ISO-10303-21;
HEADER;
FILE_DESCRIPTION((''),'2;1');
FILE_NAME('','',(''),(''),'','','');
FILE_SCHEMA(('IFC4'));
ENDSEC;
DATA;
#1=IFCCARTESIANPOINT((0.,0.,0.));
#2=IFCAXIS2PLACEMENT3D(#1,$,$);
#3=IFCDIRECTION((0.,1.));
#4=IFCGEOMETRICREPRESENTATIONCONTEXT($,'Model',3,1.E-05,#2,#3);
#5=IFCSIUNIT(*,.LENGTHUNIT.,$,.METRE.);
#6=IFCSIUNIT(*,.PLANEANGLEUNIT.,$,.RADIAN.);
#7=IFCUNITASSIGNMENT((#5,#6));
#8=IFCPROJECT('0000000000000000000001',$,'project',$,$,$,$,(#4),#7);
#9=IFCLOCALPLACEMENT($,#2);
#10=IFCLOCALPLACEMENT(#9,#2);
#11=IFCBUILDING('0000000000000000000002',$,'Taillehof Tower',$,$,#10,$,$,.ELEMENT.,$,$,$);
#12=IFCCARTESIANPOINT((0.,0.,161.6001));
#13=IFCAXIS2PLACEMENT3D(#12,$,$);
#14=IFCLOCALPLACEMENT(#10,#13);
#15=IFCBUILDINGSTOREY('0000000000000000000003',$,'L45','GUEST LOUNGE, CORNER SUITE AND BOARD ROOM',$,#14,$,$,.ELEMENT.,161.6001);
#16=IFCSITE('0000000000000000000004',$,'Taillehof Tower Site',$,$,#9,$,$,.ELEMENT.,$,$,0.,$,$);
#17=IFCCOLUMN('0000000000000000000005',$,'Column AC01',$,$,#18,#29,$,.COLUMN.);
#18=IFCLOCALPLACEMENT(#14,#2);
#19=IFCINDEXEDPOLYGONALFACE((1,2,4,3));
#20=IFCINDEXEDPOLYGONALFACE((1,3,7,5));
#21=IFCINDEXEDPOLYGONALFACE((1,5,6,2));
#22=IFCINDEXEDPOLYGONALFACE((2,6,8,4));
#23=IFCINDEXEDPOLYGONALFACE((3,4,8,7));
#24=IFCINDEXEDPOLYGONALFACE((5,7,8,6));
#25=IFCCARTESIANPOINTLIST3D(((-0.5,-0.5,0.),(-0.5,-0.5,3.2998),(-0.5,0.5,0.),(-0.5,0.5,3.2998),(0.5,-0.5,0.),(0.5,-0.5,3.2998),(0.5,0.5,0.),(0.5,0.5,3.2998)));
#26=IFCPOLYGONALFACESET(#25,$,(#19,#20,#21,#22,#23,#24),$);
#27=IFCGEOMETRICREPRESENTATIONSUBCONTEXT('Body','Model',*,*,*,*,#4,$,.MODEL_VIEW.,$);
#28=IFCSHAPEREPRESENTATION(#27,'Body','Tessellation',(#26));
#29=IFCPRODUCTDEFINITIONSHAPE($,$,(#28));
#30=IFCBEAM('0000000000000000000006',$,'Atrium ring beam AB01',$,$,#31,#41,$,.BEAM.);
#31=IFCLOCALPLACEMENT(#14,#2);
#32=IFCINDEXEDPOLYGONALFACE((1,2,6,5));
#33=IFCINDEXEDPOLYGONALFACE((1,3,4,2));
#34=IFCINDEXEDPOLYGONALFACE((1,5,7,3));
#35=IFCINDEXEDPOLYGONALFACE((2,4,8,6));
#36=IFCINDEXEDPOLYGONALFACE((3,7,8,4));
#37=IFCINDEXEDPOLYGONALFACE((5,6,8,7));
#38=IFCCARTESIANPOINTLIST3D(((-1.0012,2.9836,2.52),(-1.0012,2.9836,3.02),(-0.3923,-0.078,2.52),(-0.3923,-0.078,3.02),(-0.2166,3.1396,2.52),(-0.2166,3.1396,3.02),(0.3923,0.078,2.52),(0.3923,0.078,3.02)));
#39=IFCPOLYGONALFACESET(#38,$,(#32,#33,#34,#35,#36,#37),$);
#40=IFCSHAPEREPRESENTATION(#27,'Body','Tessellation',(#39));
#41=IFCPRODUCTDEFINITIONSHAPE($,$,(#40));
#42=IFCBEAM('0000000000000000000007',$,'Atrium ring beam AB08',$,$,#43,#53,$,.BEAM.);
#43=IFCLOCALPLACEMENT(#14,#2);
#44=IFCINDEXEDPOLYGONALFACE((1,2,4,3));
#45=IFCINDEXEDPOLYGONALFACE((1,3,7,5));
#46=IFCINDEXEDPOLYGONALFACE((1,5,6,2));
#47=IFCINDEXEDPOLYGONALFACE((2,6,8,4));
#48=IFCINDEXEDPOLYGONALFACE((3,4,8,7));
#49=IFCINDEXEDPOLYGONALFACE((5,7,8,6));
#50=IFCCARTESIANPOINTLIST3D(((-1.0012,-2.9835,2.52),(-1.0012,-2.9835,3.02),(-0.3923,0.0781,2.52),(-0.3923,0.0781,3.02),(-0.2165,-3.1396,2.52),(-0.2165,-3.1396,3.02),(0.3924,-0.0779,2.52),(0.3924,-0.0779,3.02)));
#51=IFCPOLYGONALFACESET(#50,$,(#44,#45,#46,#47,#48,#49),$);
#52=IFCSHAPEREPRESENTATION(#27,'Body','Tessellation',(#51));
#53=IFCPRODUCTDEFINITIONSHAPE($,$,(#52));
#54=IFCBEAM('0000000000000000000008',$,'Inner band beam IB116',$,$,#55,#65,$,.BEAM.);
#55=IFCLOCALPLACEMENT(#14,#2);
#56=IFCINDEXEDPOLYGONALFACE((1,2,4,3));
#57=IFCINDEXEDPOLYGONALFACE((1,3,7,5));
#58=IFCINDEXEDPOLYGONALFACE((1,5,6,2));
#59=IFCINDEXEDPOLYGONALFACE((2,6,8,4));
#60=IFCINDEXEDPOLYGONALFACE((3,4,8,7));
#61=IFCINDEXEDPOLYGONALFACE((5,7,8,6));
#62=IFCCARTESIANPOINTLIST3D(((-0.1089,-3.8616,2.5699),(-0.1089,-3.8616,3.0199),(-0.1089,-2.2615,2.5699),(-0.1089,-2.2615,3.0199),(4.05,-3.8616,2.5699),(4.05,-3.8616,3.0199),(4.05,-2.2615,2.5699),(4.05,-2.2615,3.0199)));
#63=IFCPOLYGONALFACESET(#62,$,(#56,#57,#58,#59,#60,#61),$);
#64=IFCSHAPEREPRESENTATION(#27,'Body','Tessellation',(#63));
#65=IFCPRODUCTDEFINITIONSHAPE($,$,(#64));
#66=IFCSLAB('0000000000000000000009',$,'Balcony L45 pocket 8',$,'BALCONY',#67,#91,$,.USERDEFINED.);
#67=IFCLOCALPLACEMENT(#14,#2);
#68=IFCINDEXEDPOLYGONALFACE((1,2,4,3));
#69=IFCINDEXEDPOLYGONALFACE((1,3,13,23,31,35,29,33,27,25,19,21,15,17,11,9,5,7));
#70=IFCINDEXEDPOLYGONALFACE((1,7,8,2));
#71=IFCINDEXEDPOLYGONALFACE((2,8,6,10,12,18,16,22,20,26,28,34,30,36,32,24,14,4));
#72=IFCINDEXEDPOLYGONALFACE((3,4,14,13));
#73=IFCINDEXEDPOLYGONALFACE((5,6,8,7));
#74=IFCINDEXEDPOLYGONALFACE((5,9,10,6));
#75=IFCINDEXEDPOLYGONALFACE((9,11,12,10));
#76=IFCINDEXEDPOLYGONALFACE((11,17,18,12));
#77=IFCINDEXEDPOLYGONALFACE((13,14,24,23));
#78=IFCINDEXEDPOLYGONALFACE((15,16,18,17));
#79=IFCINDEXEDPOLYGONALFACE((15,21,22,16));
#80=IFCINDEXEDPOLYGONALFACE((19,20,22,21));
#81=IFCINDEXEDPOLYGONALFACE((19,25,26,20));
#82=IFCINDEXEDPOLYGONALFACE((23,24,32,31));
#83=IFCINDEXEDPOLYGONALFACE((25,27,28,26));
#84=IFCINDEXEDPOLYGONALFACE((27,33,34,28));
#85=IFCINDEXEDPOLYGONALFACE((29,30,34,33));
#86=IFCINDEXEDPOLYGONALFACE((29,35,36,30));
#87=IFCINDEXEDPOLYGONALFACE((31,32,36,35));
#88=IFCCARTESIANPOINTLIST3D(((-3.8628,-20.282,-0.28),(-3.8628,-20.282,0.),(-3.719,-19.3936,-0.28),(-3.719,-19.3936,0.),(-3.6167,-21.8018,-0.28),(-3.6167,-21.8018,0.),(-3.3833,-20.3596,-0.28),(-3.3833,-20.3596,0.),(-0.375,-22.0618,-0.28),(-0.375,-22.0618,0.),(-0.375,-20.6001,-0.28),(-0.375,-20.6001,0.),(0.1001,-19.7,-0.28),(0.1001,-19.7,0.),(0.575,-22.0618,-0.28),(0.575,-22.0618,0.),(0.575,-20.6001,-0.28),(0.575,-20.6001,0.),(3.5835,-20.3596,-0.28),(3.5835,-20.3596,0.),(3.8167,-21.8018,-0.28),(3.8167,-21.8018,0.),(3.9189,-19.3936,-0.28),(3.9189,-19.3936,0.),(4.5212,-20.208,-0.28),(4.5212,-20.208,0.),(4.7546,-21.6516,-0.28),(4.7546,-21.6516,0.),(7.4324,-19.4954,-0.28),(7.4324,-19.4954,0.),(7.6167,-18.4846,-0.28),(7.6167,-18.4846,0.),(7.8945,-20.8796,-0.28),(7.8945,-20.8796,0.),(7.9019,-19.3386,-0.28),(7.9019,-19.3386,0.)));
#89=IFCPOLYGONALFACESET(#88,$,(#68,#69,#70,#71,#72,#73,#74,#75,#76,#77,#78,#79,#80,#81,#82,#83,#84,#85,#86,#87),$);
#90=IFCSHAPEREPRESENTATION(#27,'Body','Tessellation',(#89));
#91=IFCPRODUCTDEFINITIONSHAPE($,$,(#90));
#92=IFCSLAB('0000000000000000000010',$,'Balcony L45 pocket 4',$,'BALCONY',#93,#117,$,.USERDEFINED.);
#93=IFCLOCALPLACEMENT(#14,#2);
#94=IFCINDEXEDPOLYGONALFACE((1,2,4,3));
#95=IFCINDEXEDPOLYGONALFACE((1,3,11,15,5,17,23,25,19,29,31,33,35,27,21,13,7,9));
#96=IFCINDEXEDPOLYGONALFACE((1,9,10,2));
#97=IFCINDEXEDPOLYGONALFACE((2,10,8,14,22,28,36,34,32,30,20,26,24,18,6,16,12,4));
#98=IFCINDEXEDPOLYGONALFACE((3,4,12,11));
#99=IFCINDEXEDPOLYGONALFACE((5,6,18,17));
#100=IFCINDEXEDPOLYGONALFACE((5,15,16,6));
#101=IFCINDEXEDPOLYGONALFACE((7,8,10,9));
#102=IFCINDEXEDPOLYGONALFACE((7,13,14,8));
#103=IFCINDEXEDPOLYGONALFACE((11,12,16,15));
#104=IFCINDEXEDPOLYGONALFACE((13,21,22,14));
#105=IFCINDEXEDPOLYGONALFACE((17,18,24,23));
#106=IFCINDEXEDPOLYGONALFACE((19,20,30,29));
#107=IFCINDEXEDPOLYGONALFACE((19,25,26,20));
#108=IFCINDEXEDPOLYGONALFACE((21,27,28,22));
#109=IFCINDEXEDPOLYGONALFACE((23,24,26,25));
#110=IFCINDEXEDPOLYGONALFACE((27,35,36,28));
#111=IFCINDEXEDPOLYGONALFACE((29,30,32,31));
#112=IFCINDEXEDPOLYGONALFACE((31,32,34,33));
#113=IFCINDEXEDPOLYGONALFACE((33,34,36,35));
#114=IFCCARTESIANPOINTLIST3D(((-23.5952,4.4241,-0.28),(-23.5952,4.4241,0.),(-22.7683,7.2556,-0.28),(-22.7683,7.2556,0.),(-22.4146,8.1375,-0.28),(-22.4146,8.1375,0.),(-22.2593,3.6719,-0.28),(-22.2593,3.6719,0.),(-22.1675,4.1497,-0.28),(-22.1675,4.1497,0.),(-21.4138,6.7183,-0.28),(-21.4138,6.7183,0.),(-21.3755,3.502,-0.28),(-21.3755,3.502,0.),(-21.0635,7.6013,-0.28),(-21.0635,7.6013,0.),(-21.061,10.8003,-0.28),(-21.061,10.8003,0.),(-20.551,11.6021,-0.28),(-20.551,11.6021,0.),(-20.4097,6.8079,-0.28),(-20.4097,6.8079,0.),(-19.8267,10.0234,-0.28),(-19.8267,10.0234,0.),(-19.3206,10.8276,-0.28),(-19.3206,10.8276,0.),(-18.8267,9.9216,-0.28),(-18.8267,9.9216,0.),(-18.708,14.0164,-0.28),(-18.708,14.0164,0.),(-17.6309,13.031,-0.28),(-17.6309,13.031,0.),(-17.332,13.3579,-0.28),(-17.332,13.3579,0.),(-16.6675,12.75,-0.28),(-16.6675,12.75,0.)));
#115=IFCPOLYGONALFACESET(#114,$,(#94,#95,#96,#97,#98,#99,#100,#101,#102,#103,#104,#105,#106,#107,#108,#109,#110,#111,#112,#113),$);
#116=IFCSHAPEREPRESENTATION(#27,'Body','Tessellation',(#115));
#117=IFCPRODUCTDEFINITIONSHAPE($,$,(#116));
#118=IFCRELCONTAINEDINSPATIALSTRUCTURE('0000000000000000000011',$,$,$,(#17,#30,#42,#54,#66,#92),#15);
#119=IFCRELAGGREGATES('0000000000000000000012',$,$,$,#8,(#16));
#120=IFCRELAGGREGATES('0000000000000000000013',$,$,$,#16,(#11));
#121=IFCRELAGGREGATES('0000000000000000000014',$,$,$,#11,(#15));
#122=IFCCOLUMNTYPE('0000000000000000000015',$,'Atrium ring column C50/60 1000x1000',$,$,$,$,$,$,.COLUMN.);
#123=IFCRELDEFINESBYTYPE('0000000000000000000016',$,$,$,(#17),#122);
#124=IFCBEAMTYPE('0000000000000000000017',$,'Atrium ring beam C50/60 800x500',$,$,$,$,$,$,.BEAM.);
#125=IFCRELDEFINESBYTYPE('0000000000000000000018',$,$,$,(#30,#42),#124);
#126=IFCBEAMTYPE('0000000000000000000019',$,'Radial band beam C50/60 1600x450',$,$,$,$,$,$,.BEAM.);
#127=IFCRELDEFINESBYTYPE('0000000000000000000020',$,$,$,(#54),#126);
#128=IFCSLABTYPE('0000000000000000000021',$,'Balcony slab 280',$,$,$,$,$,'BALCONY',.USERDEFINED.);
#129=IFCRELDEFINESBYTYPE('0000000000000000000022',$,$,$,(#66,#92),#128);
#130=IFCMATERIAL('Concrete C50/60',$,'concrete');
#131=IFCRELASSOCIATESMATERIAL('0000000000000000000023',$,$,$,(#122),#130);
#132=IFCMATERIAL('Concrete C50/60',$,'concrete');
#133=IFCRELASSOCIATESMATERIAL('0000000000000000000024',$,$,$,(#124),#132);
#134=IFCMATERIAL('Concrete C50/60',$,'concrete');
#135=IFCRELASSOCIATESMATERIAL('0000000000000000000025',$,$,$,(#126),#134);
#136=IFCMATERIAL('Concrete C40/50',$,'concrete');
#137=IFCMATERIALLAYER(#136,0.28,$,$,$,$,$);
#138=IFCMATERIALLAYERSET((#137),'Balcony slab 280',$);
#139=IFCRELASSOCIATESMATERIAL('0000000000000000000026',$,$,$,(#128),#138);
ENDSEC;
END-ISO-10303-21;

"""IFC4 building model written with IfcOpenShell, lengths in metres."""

from ifc_helpers import new_model, si_unit, direction, frame, origin, origin_with_axes, origin_2d, place, context, subcontext, project, spatial, polyline, rectangle, outline, extrude, material, layer, layer_set, material_profile, profile_set, type_object, element, save


model = new_model("IFC4")

# Units and contexts
model_context = context("Model", 3, precision=1e-05, world=origin(), true_north=direction((0.0, 1.0)))
body_context = subcontext(model_context, "Body", "Model", "MODEL_VIEW")
ifc_project = project(units=[si_unit("LENGTHUNIT", "METRE"), si_unit("PLANEANGLEUNIT", "RADIAN")], contexts=[model_context])

# Site, building, storey
site_placement = place(None, origin())
site = spatial("IfcSite", under=ifc_project, at=site_placement, Name="Taillehof Tower Site", CompositionType="ELEMENT", RefElevation=0.0)
building_placement = place(site_placement, origin())
building = spatial("IfcBuilding", under=site, at=building_placement, Name="Taillehof Tower", CompositionType="ELEMENT")
storey_placement = place(building_placement, frame((0.0, 0.0, 161.6001)))
storey = spatial("IfcBuildingStorey", under=building, at=storey_placement, Name="L45", Description="GUEST LOUNGE, CORNER SUITE AND BOARD ROOM", CompositionType="ELEMENT", Elevation=161.6001)

# Column
ifc_material_1 = material(Name="Concrete C50/60", Category="concrete")
ifc_material_profile_1 = material_profile(ifc_material_1, rectangle(XDim=1.0, YDim=1.0, at=origin_2d()), Name="RC 1000x1000")
ifc_profile_set_1 = profile_set([ifc_material_profile_1], Name="Concrete C50/60")
column_type = type_object("IfcColumnType", Name="Atrium ring column C50/60 1000x1000", PredefinedType="COLUMN", material=ifc_profile_set_1)
column_placement = place(storey_placement, origin_with_axes())
element("IfcColumn", 1, at=column_placement, inside=storey, type_object=column_type, Name="Column AC01", PredefinedType="COLUMN", context=body_context, shape_type="SweptSolid", body=[
    extrude(rectangle(XDim=1.0, YDim=1.0, at=origin_2d()), origin(), (0.0, 0.0, 1.0), 3.2998),
])

# Beams
ifc_material_2 = material(Name="Concrete C50/60", Category="concrete")
ifc_material_profile_2 = material_profile(ifc_material_2, rectangle(XDim=0.8, YDim=0.5, at=origin_2d()), Name="RC 800x500")
ifc_profile_set_2 = profile_set([ifc_material_profile_2], Name="Concrete C50/60")
beam_type_1 = type_object("IfcBeamType", Name="Atrium ring beam C50/60 800x500", PredefinedType="BEAM", material=ifc_profile_set_2)
for number, where, z_axis, x_axis, name in (
    (2, (0.0, 0.0, 2.77), (-0.195063, 0.980791, 0.0), (-0.980791, -0.195063, 0.0), "Atrium ring beam AB01"),
    (3, (-0.6089, -3.0615, 2.77), (0.195063, 0.980791, 0.0), (-0.980791, 0.195063, 0.0), "Atrium ring beam AB08"),
):
    element("IfcBeam", number, at=place(storey_placement, frame(where, z_axis=z_axis, x_axis=x_axis)), inside=storey, type_object=beam_type_1, Name=name, PredefinedType="BEAM", context=body_context, shape_type="SweptSolid", body=[
        extrude(rectangle(XDim=0.8, YDim=0.5, at=origin_2d()), origin(), (0.0, 0.0, 1.0), 3.1216),
    ])
ifc_material_3 = material(Name="Concrete C50/60", Category="concrete")
ifc_material_profile_3 = material_profile(ifc_material_3, rectangle(XDim=1.6001, YDim=0.45, at=origin_2d()), Name="RC 1600x450")
ifc_profile_set_3 = profile_set([ifc_material_profile_3], Name="Concrete C50/60")
beam_type_2 = type_object("IfcBeamType", Name="Radial band beam C50/60 1600x450", PredefinedType="BEAM", material=ifc_profile_set_3)
beam_placement = place(storey_placement, frame((-0.1089, -3.0615, 2.7949), z_axis=(1.0, 0.0, 0.0), x_axis=(0.0, 1.0, 0.0)))
element("IfcBeam", 4, at=beam_placement, inside=storey, type_object=beam_type_2, Name="Inner band beam IB116", PredefinedType="BEAM", context=body_context, shape_type="SweptSolid", body=[
    extrude(rectangle(XDim=1.6001, YDim=0.45, at=origin_2d()), origin(), (0.0, 0.0, 1.0), 4.1589),
])

# Slabs
ifc_material_4 = material(Name="Concrete C40/50", Category="concrete")
ifc_layer_1 = layer(ifc_material_4, 0.28)
ifc_layer_set_1 = layer_set([ifc_layer_1], Name="Balcony slab 280")
slab_type_1 = type_object("IfcSlabType", Name="Balcony slab 280", ElementType="BALCONY", PredefinedType="USERDEFINED", material=ifc_layer_set_1)
slab_1_placement = place(storey_placement, frame((0.0, 0.0, -0.28)))
element("IfcSlab", 5, at=slab_1_placement, inside=storey, type_object=slab_type_1, Name="Balcony L45 pocket 8", ObjectType="BALCONY", PredefinedType="USERDEFINED", context=body_context, shape_type="SweptSolid", body=[
    extrude(outline(polyline([(7.6167, -18.4846), (7.9019, -19.3386), (7.4324, -19.4954), (7.8945, -20.8796), (4.7546, -21.6516), (4.5212, -20.208), (3.5835, -20.3596), (3.8167, -21.8018), (0.575, -22.0618), (0.575, -20.6001), (-0.375, -20.6001), (-0.375, -22.0618), (-3.6167, -21.8018), (-3.3833, -20.3596), (-3.8628, -20.282), (-3.719, -19.3936), (0.1001, -19.7), (3.9189, -19.3936), (7.6167, -18.4846)])), origin(), (0.0, 0.0, 1.0), 0.28),
])
slab_2_placement = place(storey_placement, frame((0.0, 0.0, -0.28)))
element("IfcSlab", 6, at=slab_2_placement, inside=storey, type_object=slab_type_1, Name="Balcony L45 pocket 4", ObjectType="BALCONY", PredefinedType="USERDEFINED", context=body_context, shape_type="SweptSolid", body=[
    extrude(outline(polyline([(-21.3755, 3.502), (-22.2593, 3.6719), (-22.1675, 4.1497), (-23.5952, 4.4241), (-22.7683, 7.2556), (-21.4138, 6.7183), (-21.0635, 7.6013), (-22.4146, 8.1375), (-21.061, 10.8003), (-19.8267, 10.0234), (-19.3206, 10.8276), (-20.551, 11.6021), (-18.708, 14.0164), (-17.6309, 13.031), (-17.332, 13.3579), (-16.6675, 12.75), (-18.8267, 9.9216), (-20.4097, 6.8079), (-21.3755, 3.502)])), origin(), (0.0, 0.0, 1.0), 0.28),
])

save(model, "model.ifc")
